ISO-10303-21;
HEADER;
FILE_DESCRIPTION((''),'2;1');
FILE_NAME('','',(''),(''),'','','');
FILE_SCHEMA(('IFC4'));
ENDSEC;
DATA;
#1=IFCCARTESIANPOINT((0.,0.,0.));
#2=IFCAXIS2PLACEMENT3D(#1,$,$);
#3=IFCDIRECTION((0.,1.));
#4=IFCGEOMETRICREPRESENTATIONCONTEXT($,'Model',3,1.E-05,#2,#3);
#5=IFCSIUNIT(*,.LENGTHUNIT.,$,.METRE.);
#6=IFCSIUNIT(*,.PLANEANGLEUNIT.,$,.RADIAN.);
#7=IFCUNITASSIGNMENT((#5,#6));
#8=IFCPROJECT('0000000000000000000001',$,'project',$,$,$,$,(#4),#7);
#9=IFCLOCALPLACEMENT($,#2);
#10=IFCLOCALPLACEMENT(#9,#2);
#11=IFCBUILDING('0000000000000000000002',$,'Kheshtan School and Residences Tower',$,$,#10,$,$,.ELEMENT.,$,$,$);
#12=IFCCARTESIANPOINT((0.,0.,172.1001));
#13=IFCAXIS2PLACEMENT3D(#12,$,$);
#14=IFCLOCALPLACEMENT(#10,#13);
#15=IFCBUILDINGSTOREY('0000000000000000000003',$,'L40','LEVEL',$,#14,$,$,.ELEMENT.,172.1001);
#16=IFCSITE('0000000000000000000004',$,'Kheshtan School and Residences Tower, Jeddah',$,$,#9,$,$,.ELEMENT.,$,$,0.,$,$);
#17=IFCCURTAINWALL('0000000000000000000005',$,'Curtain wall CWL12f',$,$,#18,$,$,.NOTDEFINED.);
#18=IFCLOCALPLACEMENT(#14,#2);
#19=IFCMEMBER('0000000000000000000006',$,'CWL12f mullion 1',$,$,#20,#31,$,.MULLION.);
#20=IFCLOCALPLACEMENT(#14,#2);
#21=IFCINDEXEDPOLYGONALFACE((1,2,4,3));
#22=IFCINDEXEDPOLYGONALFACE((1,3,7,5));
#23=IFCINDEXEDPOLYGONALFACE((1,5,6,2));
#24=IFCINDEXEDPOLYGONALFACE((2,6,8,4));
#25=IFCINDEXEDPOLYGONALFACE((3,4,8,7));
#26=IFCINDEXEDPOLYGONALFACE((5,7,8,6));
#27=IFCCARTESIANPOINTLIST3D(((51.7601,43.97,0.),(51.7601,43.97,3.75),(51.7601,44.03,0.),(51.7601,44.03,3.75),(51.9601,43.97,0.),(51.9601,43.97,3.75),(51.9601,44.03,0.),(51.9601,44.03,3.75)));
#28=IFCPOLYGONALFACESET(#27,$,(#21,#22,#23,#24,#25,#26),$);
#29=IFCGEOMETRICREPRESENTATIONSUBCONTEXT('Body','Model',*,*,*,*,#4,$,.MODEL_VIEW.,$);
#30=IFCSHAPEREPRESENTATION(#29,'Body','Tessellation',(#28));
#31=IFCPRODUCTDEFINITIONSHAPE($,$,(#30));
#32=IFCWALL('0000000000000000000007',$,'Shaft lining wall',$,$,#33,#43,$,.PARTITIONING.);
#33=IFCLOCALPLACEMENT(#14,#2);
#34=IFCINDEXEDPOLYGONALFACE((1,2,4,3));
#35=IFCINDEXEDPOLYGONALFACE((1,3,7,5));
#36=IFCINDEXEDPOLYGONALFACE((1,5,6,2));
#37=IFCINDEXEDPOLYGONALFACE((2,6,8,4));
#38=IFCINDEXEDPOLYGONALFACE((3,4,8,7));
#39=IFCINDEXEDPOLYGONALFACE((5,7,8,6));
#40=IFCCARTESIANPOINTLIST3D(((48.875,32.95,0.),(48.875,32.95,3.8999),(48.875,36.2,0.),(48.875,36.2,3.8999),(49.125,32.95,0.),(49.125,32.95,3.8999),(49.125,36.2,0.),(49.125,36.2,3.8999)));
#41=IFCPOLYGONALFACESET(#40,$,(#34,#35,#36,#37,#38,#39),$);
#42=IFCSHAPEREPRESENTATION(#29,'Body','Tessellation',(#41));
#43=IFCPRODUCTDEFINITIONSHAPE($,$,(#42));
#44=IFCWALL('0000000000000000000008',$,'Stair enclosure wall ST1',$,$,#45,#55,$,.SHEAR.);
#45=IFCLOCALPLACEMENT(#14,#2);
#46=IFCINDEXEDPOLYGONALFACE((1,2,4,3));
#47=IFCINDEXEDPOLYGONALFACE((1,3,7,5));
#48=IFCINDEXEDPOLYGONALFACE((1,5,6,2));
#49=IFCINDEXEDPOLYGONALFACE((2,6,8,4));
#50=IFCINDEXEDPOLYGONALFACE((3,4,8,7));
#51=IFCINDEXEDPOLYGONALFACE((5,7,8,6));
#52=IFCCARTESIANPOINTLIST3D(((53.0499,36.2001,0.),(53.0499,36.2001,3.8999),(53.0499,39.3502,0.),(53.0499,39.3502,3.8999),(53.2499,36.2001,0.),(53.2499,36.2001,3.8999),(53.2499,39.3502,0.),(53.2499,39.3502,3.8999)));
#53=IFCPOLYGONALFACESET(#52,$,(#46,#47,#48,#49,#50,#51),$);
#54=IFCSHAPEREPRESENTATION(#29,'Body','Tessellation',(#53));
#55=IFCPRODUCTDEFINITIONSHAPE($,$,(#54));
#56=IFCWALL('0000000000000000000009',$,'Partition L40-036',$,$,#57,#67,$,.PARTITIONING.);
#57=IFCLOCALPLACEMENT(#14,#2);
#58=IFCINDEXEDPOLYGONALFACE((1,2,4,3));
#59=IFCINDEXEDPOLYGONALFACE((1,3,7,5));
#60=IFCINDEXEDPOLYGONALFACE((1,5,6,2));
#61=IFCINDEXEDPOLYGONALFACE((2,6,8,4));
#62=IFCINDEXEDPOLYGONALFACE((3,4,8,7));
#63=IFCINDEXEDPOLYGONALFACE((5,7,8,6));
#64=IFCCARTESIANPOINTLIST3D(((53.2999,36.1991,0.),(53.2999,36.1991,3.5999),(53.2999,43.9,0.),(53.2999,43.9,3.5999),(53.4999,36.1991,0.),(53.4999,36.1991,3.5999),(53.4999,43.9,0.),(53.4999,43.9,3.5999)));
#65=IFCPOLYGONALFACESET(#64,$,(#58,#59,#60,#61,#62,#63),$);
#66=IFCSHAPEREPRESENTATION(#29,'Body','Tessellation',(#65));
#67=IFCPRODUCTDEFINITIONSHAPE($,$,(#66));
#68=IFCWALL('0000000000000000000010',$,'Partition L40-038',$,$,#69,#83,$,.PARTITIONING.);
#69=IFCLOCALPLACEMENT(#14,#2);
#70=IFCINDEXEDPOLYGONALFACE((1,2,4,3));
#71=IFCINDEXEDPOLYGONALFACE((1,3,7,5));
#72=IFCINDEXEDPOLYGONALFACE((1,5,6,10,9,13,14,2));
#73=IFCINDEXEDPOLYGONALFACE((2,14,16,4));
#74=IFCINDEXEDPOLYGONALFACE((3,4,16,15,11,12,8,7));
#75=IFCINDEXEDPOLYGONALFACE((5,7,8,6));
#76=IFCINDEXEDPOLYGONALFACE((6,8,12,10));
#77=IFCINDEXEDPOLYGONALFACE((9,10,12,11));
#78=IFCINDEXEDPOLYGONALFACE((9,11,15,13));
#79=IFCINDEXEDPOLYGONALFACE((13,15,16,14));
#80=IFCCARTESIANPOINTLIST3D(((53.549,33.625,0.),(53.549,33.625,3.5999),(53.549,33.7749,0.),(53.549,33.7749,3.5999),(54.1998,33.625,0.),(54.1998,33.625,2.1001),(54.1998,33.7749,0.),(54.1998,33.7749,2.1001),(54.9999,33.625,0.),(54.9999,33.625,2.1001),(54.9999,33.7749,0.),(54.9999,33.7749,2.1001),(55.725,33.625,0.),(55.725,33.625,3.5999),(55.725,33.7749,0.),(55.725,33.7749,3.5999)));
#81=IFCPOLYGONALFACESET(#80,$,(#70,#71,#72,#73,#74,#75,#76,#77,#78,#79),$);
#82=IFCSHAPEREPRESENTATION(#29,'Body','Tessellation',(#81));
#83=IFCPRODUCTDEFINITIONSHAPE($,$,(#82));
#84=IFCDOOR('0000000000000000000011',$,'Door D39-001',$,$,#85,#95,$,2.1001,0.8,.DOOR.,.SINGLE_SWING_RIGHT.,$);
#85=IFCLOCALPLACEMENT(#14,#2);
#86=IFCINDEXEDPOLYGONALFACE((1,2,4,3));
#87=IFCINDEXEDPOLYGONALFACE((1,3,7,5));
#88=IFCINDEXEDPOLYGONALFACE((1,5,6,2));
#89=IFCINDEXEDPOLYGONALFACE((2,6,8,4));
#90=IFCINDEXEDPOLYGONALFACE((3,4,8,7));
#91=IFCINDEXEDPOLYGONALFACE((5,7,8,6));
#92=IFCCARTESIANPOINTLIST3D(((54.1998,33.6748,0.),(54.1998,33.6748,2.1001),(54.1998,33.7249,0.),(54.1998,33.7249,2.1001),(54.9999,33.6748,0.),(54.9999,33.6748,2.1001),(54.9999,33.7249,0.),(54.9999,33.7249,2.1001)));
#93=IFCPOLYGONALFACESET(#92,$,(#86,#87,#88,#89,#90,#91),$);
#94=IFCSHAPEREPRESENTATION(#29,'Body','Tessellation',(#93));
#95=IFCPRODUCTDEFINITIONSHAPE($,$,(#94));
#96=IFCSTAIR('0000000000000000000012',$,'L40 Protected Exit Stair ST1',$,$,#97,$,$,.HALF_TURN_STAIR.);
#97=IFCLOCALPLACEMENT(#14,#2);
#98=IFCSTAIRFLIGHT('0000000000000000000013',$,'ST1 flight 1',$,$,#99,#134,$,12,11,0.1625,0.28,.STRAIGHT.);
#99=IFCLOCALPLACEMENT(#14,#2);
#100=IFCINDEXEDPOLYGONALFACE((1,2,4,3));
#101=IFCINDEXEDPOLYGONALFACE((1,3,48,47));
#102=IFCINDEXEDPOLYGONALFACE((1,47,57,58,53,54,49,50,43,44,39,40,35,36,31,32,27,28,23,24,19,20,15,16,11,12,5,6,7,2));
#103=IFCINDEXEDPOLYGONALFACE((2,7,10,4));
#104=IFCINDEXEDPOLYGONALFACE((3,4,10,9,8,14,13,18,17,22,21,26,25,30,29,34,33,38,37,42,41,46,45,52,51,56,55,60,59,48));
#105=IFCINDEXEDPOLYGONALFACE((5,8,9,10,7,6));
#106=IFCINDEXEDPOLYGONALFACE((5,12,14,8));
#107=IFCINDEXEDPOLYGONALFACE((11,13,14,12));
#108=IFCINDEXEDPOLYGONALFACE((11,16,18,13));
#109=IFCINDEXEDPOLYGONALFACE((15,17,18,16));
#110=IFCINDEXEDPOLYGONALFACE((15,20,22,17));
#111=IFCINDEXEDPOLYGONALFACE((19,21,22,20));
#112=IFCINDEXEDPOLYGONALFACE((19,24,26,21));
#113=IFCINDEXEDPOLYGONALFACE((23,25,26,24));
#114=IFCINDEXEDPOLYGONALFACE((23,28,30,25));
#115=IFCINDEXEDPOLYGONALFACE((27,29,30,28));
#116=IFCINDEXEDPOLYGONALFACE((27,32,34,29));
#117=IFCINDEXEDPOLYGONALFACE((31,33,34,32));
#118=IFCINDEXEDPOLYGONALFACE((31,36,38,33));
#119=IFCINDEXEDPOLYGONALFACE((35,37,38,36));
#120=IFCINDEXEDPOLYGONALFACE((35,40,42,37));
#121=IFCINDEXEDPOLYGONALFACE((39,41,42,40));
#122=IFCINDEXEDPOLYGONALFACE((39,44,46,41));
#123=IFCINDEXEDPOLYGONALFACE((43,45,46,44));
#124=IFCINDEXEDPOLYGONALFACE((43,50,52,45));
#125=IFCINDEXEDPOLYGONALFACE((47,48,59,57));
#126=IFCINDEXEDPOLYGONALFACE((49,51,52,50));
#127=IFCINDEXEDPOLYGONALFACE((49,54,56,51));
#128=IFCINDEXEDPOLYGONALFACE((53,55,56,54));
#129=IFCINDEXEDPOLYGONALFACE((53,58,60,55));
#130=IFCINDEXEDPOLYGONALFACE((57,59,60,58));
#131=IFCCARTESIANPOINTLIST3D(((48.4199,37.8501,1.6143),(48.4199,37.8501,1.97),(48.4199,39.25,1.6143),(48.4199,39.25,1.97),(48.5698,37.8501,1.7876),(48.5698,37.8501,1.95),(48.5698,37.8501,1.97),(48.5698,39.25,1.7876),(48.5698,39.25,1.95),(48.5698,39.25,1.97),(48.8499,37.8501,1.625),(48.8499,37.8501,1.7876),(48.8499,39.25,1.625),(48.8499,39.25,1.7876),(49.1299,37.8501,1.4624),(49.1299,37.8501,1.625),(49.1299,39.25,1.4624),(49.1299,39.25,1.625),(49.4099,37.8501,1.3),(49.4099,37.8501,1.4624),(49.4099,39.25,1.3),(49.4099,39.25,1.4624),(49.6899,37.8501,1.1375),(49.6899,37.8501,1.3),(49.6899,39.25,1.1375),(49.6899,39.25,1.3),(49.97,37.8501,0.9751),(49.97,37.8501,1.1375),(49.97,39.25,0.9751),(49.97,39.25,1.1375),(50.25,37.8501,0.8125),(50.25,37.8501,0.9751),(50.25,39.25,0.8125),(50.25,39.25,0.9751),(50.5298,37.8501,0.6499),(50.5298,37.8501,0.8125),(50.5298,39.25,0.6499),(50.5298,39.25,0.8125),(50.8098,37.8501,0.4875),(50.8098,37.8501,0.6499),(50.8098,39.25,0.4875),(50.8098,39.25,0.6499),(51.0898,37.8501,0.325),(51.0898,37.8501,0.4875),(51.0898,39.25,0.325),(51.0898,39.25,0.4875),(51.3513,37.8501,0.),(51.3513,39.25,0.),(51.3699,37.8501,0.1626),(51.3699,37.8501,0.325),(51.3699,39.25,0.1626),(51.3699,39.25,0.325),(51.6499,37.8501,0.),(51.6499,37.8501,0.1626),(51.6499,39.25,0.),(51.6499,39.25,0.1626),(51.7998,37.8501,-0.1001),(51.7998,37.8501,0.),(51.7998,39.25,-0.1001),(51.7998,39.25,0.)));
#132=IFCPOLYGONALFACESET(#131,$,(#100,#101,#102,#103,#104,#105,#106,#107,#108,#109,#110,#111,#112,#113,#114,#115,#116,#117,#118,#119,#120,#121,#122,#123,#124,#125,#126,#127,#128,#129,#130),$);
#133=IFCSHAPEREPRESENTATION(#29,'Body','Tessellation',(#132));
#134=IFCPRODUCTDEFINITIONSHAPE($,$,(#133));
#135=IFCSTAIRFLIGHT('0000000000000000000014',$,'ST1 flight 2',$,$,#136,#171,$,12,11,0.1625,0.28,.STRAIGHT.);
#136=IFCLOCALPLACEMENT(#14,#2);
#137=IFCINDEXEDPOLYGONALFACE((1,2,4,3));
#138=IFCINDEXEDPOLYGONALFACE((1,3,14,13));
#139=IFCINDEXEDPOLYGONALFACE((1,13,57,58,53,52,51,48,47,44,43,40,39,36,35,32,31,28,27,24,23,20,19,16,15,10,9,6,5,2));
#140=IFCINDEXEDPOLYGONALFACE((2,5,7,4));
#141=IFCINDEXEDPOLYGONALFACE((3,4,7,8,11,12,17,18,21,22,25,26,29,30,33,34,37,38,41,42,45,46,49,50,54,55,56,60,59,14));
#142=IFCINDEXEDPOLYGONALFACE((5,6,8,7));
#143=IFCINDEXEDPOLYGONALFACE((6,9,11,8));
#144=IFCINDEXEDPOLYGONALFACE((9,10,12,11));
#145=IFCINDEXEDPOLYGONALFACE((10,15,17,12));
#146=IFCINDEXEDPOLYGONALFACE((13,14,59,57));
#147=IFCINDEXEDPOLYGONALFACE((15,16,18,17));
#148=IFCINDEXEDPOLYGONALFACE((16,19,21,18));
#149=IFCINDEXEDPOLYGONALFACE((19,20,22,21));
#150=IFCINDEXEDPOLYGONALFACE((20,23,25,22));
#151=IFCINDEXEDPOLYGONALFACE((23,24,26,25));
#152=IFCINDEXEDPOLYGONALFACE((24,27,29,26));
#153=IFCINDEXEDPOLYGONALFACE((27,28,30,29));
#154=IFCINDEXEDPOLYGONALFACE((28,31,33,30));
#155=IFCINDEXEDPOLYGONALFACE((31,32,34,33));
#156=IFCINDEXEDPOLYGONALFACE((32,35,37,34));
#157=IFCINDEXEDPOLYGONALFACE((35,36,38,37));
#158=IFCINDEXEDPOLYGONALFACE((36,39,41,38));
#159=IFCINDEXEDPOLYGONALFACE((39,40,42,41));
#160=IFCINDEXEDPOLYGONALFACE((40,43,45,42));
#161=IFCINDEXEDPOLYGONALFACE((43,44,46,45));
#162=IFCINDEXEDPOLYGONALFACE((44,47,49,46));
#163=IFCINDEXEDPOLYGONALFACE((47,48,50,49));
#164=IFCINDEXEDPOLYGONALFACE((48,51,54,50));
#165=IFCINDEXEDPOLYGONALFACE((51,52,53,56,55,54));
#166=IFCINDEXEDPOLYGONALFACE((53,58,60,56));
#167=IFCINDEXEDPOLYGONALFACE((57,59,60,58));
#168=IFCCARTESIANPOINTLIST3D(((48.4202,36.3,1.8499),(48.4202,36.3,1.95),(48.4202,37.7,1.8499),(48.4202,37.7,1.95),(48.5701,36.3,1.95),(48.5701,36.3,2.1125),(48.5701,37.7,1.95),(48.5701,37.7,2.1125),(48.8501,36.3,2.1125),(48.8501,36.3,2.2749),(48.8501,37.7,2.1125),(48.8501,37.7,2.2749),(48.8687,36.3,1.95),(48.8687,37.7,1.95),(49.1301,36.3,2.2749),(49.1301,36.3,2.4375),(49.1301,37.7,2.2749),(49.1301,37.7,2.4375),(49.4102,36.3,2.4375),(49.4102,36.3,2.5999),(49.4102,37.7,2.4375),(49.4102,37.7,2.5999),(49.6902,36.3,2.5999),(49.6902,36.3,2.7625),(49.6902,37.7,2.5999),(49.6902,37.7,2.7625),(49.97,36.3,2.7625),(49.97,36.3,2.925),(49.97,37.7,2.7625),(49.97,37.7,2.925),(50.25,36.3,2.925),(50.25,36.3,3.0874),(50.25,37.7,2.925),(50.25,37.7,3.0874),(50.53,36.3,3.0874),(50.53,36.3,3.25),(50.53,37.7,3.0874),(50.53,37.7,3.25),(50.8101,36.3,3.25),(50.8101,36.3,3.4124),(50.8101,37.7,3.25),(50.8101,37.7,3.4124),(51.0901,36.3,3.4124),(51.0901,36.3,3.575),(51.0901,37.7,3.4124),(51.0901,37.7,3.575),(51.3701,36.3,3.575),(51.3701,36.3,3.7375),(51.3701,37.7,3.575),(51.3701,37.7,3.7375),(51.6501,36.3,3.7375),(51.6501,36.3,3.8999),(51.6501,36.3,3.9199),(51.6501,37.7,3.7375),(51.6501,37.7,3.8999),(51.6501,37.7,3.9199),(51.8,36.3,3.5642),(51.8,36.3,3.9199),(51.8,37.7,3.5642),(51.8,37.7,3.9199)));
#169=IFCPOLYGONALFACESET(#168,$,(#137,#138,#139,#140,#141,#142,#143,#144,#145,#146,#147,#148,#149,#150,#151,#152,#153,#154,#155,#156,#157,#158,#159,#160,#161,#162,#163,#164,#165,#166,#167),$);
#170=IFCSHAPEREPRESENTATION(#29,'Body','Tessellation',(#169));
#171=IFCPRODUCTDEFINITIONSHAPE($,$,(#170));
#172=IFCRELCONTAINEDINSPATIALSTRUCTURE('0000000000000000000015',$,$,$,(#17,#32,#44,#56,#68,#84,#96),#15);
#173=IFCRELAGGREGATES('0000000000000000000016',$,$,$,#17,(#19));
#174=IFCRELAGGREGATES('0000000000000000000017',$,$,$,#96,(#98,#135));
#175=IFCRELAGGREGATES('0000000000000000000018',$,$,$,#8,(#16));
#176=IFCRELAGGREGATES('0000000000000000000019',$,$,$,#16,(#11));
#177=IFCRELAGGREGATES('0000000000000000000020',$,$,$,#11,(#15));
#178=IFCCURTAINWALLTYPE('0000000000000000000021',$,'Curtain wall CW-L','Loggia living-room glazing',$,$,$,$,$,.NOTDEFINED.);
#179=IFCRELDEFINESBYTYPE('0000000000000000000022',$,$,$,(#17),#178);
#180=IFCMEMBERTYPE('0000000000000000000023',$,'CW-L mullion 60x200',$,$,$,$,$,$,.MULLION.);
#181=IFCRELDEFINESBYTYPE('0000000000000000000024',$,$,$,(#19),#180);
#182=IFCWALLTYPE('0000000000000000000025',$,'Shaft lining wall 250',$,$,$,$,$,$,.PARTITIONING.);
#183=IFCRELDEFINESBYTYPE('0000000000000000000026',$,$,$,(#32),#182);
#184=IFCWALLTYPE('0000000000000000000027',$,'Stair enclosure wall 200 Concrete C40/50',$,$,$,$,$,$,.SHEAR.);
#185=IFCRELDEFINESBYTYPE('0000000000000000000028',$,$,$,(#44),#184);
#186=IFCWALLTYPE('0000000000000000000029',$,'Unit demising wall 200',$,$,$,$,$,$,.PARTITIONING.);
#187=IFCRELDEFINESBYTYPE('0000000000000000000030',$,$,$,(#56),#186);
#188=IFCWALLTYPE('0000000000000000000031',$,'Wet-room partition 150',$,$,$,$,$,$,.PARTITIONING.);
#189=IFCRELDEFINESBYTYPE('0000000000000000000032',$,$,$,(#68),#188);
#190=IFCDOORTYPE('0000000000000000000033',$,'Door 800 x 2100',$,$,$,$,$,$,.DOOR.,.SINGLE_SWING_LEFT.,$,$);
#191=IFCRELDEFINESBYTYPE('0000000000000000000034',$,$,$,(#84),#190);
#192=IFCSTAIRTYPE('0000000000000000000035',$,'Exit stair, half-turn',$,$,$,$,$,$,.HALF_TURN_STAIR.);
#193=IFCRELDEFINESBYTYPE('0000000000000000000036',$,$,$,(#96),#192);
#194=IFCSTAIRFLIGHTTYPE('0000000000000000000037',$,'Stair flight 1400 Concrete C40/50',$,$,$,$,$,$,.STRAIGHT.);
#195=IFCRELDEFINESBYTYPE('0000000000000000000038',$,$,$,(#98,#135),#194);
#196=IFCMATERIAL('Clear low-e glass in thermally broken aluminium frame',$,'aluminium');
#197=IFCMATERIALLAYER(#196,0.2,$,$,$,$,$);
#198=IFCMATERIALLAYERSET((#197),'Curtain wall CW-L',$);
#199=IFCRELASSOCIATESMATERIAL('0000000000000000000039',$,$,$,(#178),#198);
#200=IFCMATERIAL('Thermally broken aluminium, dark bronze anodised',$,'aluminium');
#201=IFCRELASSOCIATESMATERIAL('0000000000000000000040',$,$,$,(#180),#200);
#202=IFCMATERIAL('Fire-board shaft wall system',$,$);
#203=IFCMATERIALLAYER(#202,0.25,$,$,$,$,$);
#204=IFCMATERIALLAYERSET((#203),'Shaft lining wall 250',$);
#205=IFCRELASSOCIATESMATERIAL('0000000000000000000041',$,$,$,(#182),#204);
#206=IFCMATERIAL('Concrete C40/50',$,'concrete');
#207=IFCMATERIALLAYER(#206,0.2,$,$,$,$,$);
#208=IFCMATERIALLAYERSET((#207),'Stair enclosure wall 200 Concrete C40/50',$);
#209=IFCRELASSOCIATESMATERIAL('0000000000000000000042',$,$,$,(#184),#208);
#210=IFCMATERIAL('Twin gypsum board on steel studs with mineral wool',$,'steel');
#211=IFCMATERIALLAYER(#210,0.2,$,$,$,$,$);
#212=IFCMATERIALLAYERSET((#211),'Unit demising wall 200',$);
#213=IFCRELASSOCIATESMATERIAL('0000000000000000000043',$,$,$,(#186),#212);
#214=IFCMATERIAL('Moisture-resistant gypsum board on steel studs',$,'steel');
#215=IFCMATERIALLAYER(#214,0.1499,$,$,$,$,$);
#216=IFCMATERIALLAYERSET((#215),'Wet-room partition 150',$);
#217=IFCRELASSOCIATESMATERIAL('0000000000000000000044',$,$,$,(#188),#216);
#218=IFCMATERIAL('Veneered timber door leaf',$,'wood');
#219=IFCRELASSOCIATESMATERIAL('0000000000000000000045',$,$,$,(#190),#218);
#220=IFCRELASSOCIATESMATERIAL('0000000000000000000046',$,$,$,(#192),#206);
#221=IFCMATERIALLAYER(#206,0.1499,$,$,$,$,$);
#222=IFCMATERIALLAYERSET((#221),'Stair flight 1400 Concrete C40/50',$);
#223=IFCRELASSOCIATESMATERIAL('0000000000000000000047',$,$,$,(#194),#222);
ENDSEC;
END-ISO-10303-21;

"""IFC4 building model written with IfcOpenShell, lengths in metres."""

from ifc_helpers import new_model, si_unit, direction, frame, frame_2d, origin, origin_2d, place, context, subcontext, project, spatial, polyline, rectangle, outline, extrude, source, transform, mapped, material, layer, layer_set, material_profile, profile_set, type_object, element, fill, aggregate, save


model = new_model("IFC4")

# Units and contexts
model_context = context("Model", 3, precision=1e-05, world=origin(), true_north=direction((0.0, 1.0)))
body_context = subcontext(model_context, "Body", "Model", "MODEL_VIEW")
ifc_project = project(units=[si_unit("LENGTHUNIT", "METRE"), si_unit("PLANEANGLEUNIT", "RADIAN")], contexts=[model_context])

# Site, building, storey
site_placement = place(None, origin())
site = spatial("IfcSite", under=ifc_project, at=site_placement, Name="Kheshtan School and Residences Tower, Jeddah", CompositionType="ELEMENT", RefElevation=0.0)
building_placement = place(site_placement, origin())
building = spatial("IfcBuilding", under=site, at=building_placement, Name="Kheshtan School and Residences Tower", CompositionType="ELEMENT")
storey_placement = place(building_placement, frame((0.0, 0.0, 172.1001)))
storey = spatial("IfcBuildingStorey", under=building, at=storey_placement, Name="L40", Description="LEVEL", CompositionType="ELEMENT", Elevation=172.1001)

# Curtain wall, member
ifc_material_1 = material(Name="Clear low-e glass in thermally broken aluminium frame", Category="aluminium")
ifc_layer_1 = layer(ifc_material_1, 0.2)
ifc_layer_set_1 = layer_set([ifc_layer_1], Name="Curtain wall CW-L")
curtain_wall_type = type_object("IfcCurtainWallType", Name="Curtain wall CW-L", Description="Loggia living-room glazing", PredefinedType="NOTDEFINED", material=ifc_layer_set_1)
curtain_wall_placement = place(storey_placement, origin())
curtain_wall = element("IfcCurtainWall", 1, at=curtain_wall_placement, inside=storey, type_object=curtain_wall_type, Name="Curtain wall CWL12f", PredefinedType="NOTDEFINED")
ifc_material_2 = material(Name="Thermally broken aluminium, dark bronze anodised", Category="aluminium")
ifc_material_profile = material_profile(ifc_material_2, rectangle(XDim=0.0601, YDim=0.2, at=origin_2d()), Name="CW-L mullion 60x200")
ifc_profile_set = profile_set([ifc_material_profile], Name="Thermally broken aluminium, dark bronze anodised")
member_type = type_object("IfcMemberType", Name="CW-L mullion 60x200", PredefinedType="MULLION", material=ifc_profile_set)
member_placement = place(storey_placement, frame((51.8601, 44.0, 0.0), z_axis=(0.0, 0.0, 1.0), x_axis=(0.0, 1.0, 0.0)))
member = element("IfcMember", 2, at=member_placement, type_object=member_type, Name="CWL12f mullion 1", PredefinedType="MULLION", context=body_context, shape_type="SweptSolid", body=[
    extrude(rectangle(XDim=0.0601, YDim=0.2, at=origin_2d()), origin(), (0.0, 0.0, 1.0), 3.75),
])
aggregate(curtain_wall, [member])

# Walls
ifc_material_3 = material(Name="Fire-board shaft wall system")
ifc_layer_2 = layer(ifc_material_3, 0.25)
ifc_layer_set_2 = layer_set([ifc_layer_2], Name="Shaft lining wall 250")
wall_type_1 = type_object("IfcWallType", Name="Shaft lining wall 250", PredefinedType="PARTITIONING", material=ifc_layer_set_2)
wall_1_placement = place(storey_placement, frame((49.0, 32.95, 0.0), z_axis=(0.0, 0.0, 1.0), x_axis=(0.0, 1.0, 0.0)))
element("IfcWall", 3, at=wall_1_placement, inside=storey, type_object=wall_type_1, Name="Shaft lining wall", PredefinedType="PARTITIONING", context=body_context, shape_type="SweptSolid", body=[
    extrude(rectangle(XDim=3.25, YDim=0.25, at=frame_2d((1.625, 0.0))), origin(), (0.0, 0.0, 1.0), 3.8999),
])
ifc_material_4 = material(Name="Concrete C40/50", Category="concrete")
ifc_layer_3 = layer(ifc_material_4, 0.2)
ifc_layer_set_3 = layer_set([ifc_layer_3], Name="Stair enclosure wall 200 Concrete C40/50")
wall_type_2 = type_object("IfcWallType", Name="Stair enclosure wall 200 Concrete C40/50", PredefinedType="SHEAR", material=ifc_layer_set_3)
wall_2_placement = place(storey_placement, frame((53.1499, 36.2, 0.0), z_axis=(0.0, 0.0, 1.0), x_axis=(0.0, 1.0, 0.0)))
element("IfcWall", 4, at=wall_2_placement, inside=storey, type_object=wall_type_2, Name="Stair enclosure wall ST1", PredefinedType="SHEAR", context=body_context, shape_type="SweptSolid", body=[
    extrude(rectangle(XDim=3.1501, YDim=0.2, at=frame_2d((1.5752, 0.0))), origin(), (0.0, 0.0, 1.0), 3.8999),
])
ifc_material_5 = material(Name="Twin gypsum board on steel studs with mineral wool", Category="steel")
ifc_layer_4 = layer(ifc_material_5, 0.2)
ifc_layer_set_4 = layer_set([ifc_layer_4], Name="Unit demising wall 200")
wall_type_3 = type_object("IfcWallType", Name="Unit demising wall 200", PredefinedType="PARTITIONING", material=ifc_layer_set_4)
wall_3_placement = place(storey_placement, frame((53.3999, 36.199, 0.0), z_axis=(0.0, 0.0, 1.0), x_axis=(0.0, 1.0, 0.0)))
element("IfcWall", 5, at=wall_3_placement, inside=storey, type_object=wall_type_3, Name="Partition L40-036", PredefinedType="PARTITIONING", context=body_context, shape_type="SweptSolid", body=[
    extrude(rectangle(XDim=7.7009, YDim=0.2, at=frame_2d((3.8506, 0.0))), origin(), (0.0, 0.0, 1.0), 3.5999),
])

# Wall, opening, door
ifc_material_6 = material(Name="Moisture-resistant gypsum board on steel studs", Category="steel")
ifc_layer_5 = layer(ifc_material_6, 0.1499)
ifc_layer_set_5 = layer_set([ifc_layer_5], Name="Wet-room partition 150")
wall_type_4 = type_object("IfcWallType", Name="Wet-room partition 150", PredefinedType="PARTITIONING", material=ifc_layer_set_5)
wall_4_placement = place(storey_placement, frame((53.5491, 33.7, 0.0), z_axis=(0.0, 0.0, 1.0), x_axis=(1.0, 0.0, 0.0)))
wall_4 = element("IfcWall", 6, at=wall_4_placement, inside=storey, type_object=wall_type_4, Name="Partition L40-038", PredefinedType="PARTITIONING", context=body_context, shape_type="SweptSolid", body=[
    extrude(rectangle(XDim=2.176, YDim=0.1499, at=frame_2d((1.0879, 0.0))), origin(), (0.0, 0.0, 1.0), 3.5999),
])
opening_1_placement = place(wall_4_placement, frame((0.6509, 0.0, 0.0)))
opening_1 = element("IfcOpeningElement", 7, at=opening_1_placement, cuts=wall_4, PredefinedType="OPENING", context=body_context, shape_type="SweptSolid", body=[
    extrude(rectangle(XDim=0.8, YDim=2.1001, at=frame_2d((0.3999, 1.05))), frame((0.0, 0.085, 0.0), z_axis=(0.0, -1.0, 0.0), x_axis=(1.0, 0.0, 0.0)), (0.0, 0.0, 1.0), 0.1699),
])
ifc_material_7 = material(Name="Veneered timber door leaf", Category="wood")
door_type_1 = type_object("IfcDoorType", Name="Door 800 x 2100", OperationType="SINGLE_SWING_LEFT", PredefinedType="DOOR", material=ifc_material_7)
shared_shape_1 = source(origin(), body_context, "Body", "SweptSolid", [
    extrude(rectangle(XDim=0.8, YDim=2.1001, at=frame_2d((0.3999, 1.05))), frame((0.0, 0.0249, 0.0), z_axis=(0.0, -1.0, 0.0), x_axis=(1.0, 0.0, 0.0)), (0.0, 0.0, 1.0), 0.05),
])
door_1_placement = place(opening_1_placement, origin())
door_1 = element("IfcDoor", 8, at=door_1_placement, inside=storey, type_object=door_type_1, Name="Door D39-001", OperationType="SINGLE_SWING_RIGHT", OverallHeight=2.1001, OverallWidth=0.8, PredefinedType="DOOR", context=body_context, shape_type="MappedRepresentation", body=[
    mapped(shared_shape_1, transform((0.0, 0.0, 0.0), x_axis=(1.0, 0.0, 0.0), y_axis=(0.0, 1.0, 0.0), z_axis=(0.0, 0.0, 1.0), scale=1.0)),
])
fill(opening_1, door_1)

# Stair, stair flights
stair_type = type_object("IfcStairType", Name="Exit stair, half-turn", PredefinedType="HALF_TURN_STAIR", material=ifc_material_4)
stair_placement = place(storey_placement, origin())
stair = element("IfcStair", 9, at=stair_placement, inside=storey, type_object=stair_type, Name="L40 Protected Exit Stair ST1", PredefinedType="HALF_TURN_STAIR")
ifc_layer_6 = layer(ifc_material_4, 0.1499)
ifc_layer_set_6 = layer_set([ifc_layer_6], Name="Stair flight 1400 Concrete C40/50")
stair_flight_type = type_object("IfcStairFlightType", Name="Stair flight 1400 Concrete C40/50", PredefinedType="STRAIGHT", material=ifc_layer_set_6)
stair_flight_1_placement = place(storey_placement, frame((51.6499, 38.55, 0.0), z_axis=(0.0, 0.0, 1.0), x_axis=(-1.0, 0.0, 0.0)))
stair_flight_1 = element("IfcStairFlight", 10, at=stair_flight_1_placement, type_object=stair_flight_type, Name="ST1 flight 1", NumberOfRisers=12, NumberOfTreads=11, PredefinedType="STRAIGHT", RiserHeight=0.1625, TreadLength=0.28, context=body_context, shape_type="SweptSolid", body=[
    extrude(outline(polyline([(-0.1499, -0.1001), (-0.1499, 0.0), (0.0, 0.0), (0.0, 0.1626), (0.28, 0.1626), (0.28, 0.325), (0.5601, 0.325), (0.5601, 0.4875), (0.8401, 0.4875), (0.8401, 0.6499), (1.1201, 0.6499), (1.1201, 0.8125), (1.3999, 0.8125), (1.3999, 0.9751), (1.6799, 0.9751), (1.6799, 1.1375), (1.96, 1.1375), (1.96, 1.3), (2.24, 1.3), (2.24, 1.4624), (2.52, 1.4624), (2.52, 1.625), (2.8, 1.625), (2.8, 1.7876), (3.0801, 1.7876), (3.0801, 1.95), (3.0801, 1.97), (3.23, 1.97), (3.23, 1.6143), (0.2986, 0.0), (-0.1499, -0.1001)])), frame((0.0, 0.7, 0.0), z_axis=(0.0, -1.0, 0.0), x_axis=(1.0, 0.0, 0.0)), (0.0, 0.0, 1.0), 1.3999),
])
stair_flight_2_placement = place(storey_placement, frame((48.5701, 37.0, 1.95), z_axis=(0.0, 0.0, 1.0), x_axis=(1.0, 0.0, 0.0)))
stair_flight_2 = element("IfcStairFlight", 11, at=stair_flight_2_placement, type_object=stair_flight_type, Name="ST1 flight 2", NumberOfRisers=12, NumberOfTreads=11, PredefinedType="STRAIGHT", RiserHeight=0.1625, TreadLength=0.28, context=body_context, shape_type="SweptSolid", body=[
    extrude(outline(polyline([(-0.1499, -0.1001), (-0.1499, 0.0), (0.0, 0.0), (0.0, 0.1626), (0.28, 0.1626), (0.28, 0.325), (0.5601, 0.325), (0.5601, 0.4875), (0.8401, 0.4875), (0.8401, 0.6499), (1.1201, 0.6499), (1.1201, 0.8125), (1.3999, 0.8125), (1.3999, 0.9751), (1.6799, 0.9751), (1.6799, 1.1375), (1.96, 1.1375), (1.96, 1.3), (2.24, 1.3), (2.24, 1.4624), (2.52, 1.4624), (2.52, 1.625), (2.8, 1.625), (2.8, 1.7876), (3.0801, 1.7876), (3.0801, 1.95), (3.0801, 1.97), (3.23, 1.97), (3.23, 1.6143), (0.2986, 0.0), (-0.1499, -0.1001)])), frame((0.0, 0.7, 0.0), z_axis=(0.0, -1.0, 0.0), x_axis=(1.0, 0.0, 0.0)), (0.0, 0.0, 1.0), 1.3999),
])
aggregate(stair, [stair_flight_1, stair_flight_2])

save(model, "model.ifc")
